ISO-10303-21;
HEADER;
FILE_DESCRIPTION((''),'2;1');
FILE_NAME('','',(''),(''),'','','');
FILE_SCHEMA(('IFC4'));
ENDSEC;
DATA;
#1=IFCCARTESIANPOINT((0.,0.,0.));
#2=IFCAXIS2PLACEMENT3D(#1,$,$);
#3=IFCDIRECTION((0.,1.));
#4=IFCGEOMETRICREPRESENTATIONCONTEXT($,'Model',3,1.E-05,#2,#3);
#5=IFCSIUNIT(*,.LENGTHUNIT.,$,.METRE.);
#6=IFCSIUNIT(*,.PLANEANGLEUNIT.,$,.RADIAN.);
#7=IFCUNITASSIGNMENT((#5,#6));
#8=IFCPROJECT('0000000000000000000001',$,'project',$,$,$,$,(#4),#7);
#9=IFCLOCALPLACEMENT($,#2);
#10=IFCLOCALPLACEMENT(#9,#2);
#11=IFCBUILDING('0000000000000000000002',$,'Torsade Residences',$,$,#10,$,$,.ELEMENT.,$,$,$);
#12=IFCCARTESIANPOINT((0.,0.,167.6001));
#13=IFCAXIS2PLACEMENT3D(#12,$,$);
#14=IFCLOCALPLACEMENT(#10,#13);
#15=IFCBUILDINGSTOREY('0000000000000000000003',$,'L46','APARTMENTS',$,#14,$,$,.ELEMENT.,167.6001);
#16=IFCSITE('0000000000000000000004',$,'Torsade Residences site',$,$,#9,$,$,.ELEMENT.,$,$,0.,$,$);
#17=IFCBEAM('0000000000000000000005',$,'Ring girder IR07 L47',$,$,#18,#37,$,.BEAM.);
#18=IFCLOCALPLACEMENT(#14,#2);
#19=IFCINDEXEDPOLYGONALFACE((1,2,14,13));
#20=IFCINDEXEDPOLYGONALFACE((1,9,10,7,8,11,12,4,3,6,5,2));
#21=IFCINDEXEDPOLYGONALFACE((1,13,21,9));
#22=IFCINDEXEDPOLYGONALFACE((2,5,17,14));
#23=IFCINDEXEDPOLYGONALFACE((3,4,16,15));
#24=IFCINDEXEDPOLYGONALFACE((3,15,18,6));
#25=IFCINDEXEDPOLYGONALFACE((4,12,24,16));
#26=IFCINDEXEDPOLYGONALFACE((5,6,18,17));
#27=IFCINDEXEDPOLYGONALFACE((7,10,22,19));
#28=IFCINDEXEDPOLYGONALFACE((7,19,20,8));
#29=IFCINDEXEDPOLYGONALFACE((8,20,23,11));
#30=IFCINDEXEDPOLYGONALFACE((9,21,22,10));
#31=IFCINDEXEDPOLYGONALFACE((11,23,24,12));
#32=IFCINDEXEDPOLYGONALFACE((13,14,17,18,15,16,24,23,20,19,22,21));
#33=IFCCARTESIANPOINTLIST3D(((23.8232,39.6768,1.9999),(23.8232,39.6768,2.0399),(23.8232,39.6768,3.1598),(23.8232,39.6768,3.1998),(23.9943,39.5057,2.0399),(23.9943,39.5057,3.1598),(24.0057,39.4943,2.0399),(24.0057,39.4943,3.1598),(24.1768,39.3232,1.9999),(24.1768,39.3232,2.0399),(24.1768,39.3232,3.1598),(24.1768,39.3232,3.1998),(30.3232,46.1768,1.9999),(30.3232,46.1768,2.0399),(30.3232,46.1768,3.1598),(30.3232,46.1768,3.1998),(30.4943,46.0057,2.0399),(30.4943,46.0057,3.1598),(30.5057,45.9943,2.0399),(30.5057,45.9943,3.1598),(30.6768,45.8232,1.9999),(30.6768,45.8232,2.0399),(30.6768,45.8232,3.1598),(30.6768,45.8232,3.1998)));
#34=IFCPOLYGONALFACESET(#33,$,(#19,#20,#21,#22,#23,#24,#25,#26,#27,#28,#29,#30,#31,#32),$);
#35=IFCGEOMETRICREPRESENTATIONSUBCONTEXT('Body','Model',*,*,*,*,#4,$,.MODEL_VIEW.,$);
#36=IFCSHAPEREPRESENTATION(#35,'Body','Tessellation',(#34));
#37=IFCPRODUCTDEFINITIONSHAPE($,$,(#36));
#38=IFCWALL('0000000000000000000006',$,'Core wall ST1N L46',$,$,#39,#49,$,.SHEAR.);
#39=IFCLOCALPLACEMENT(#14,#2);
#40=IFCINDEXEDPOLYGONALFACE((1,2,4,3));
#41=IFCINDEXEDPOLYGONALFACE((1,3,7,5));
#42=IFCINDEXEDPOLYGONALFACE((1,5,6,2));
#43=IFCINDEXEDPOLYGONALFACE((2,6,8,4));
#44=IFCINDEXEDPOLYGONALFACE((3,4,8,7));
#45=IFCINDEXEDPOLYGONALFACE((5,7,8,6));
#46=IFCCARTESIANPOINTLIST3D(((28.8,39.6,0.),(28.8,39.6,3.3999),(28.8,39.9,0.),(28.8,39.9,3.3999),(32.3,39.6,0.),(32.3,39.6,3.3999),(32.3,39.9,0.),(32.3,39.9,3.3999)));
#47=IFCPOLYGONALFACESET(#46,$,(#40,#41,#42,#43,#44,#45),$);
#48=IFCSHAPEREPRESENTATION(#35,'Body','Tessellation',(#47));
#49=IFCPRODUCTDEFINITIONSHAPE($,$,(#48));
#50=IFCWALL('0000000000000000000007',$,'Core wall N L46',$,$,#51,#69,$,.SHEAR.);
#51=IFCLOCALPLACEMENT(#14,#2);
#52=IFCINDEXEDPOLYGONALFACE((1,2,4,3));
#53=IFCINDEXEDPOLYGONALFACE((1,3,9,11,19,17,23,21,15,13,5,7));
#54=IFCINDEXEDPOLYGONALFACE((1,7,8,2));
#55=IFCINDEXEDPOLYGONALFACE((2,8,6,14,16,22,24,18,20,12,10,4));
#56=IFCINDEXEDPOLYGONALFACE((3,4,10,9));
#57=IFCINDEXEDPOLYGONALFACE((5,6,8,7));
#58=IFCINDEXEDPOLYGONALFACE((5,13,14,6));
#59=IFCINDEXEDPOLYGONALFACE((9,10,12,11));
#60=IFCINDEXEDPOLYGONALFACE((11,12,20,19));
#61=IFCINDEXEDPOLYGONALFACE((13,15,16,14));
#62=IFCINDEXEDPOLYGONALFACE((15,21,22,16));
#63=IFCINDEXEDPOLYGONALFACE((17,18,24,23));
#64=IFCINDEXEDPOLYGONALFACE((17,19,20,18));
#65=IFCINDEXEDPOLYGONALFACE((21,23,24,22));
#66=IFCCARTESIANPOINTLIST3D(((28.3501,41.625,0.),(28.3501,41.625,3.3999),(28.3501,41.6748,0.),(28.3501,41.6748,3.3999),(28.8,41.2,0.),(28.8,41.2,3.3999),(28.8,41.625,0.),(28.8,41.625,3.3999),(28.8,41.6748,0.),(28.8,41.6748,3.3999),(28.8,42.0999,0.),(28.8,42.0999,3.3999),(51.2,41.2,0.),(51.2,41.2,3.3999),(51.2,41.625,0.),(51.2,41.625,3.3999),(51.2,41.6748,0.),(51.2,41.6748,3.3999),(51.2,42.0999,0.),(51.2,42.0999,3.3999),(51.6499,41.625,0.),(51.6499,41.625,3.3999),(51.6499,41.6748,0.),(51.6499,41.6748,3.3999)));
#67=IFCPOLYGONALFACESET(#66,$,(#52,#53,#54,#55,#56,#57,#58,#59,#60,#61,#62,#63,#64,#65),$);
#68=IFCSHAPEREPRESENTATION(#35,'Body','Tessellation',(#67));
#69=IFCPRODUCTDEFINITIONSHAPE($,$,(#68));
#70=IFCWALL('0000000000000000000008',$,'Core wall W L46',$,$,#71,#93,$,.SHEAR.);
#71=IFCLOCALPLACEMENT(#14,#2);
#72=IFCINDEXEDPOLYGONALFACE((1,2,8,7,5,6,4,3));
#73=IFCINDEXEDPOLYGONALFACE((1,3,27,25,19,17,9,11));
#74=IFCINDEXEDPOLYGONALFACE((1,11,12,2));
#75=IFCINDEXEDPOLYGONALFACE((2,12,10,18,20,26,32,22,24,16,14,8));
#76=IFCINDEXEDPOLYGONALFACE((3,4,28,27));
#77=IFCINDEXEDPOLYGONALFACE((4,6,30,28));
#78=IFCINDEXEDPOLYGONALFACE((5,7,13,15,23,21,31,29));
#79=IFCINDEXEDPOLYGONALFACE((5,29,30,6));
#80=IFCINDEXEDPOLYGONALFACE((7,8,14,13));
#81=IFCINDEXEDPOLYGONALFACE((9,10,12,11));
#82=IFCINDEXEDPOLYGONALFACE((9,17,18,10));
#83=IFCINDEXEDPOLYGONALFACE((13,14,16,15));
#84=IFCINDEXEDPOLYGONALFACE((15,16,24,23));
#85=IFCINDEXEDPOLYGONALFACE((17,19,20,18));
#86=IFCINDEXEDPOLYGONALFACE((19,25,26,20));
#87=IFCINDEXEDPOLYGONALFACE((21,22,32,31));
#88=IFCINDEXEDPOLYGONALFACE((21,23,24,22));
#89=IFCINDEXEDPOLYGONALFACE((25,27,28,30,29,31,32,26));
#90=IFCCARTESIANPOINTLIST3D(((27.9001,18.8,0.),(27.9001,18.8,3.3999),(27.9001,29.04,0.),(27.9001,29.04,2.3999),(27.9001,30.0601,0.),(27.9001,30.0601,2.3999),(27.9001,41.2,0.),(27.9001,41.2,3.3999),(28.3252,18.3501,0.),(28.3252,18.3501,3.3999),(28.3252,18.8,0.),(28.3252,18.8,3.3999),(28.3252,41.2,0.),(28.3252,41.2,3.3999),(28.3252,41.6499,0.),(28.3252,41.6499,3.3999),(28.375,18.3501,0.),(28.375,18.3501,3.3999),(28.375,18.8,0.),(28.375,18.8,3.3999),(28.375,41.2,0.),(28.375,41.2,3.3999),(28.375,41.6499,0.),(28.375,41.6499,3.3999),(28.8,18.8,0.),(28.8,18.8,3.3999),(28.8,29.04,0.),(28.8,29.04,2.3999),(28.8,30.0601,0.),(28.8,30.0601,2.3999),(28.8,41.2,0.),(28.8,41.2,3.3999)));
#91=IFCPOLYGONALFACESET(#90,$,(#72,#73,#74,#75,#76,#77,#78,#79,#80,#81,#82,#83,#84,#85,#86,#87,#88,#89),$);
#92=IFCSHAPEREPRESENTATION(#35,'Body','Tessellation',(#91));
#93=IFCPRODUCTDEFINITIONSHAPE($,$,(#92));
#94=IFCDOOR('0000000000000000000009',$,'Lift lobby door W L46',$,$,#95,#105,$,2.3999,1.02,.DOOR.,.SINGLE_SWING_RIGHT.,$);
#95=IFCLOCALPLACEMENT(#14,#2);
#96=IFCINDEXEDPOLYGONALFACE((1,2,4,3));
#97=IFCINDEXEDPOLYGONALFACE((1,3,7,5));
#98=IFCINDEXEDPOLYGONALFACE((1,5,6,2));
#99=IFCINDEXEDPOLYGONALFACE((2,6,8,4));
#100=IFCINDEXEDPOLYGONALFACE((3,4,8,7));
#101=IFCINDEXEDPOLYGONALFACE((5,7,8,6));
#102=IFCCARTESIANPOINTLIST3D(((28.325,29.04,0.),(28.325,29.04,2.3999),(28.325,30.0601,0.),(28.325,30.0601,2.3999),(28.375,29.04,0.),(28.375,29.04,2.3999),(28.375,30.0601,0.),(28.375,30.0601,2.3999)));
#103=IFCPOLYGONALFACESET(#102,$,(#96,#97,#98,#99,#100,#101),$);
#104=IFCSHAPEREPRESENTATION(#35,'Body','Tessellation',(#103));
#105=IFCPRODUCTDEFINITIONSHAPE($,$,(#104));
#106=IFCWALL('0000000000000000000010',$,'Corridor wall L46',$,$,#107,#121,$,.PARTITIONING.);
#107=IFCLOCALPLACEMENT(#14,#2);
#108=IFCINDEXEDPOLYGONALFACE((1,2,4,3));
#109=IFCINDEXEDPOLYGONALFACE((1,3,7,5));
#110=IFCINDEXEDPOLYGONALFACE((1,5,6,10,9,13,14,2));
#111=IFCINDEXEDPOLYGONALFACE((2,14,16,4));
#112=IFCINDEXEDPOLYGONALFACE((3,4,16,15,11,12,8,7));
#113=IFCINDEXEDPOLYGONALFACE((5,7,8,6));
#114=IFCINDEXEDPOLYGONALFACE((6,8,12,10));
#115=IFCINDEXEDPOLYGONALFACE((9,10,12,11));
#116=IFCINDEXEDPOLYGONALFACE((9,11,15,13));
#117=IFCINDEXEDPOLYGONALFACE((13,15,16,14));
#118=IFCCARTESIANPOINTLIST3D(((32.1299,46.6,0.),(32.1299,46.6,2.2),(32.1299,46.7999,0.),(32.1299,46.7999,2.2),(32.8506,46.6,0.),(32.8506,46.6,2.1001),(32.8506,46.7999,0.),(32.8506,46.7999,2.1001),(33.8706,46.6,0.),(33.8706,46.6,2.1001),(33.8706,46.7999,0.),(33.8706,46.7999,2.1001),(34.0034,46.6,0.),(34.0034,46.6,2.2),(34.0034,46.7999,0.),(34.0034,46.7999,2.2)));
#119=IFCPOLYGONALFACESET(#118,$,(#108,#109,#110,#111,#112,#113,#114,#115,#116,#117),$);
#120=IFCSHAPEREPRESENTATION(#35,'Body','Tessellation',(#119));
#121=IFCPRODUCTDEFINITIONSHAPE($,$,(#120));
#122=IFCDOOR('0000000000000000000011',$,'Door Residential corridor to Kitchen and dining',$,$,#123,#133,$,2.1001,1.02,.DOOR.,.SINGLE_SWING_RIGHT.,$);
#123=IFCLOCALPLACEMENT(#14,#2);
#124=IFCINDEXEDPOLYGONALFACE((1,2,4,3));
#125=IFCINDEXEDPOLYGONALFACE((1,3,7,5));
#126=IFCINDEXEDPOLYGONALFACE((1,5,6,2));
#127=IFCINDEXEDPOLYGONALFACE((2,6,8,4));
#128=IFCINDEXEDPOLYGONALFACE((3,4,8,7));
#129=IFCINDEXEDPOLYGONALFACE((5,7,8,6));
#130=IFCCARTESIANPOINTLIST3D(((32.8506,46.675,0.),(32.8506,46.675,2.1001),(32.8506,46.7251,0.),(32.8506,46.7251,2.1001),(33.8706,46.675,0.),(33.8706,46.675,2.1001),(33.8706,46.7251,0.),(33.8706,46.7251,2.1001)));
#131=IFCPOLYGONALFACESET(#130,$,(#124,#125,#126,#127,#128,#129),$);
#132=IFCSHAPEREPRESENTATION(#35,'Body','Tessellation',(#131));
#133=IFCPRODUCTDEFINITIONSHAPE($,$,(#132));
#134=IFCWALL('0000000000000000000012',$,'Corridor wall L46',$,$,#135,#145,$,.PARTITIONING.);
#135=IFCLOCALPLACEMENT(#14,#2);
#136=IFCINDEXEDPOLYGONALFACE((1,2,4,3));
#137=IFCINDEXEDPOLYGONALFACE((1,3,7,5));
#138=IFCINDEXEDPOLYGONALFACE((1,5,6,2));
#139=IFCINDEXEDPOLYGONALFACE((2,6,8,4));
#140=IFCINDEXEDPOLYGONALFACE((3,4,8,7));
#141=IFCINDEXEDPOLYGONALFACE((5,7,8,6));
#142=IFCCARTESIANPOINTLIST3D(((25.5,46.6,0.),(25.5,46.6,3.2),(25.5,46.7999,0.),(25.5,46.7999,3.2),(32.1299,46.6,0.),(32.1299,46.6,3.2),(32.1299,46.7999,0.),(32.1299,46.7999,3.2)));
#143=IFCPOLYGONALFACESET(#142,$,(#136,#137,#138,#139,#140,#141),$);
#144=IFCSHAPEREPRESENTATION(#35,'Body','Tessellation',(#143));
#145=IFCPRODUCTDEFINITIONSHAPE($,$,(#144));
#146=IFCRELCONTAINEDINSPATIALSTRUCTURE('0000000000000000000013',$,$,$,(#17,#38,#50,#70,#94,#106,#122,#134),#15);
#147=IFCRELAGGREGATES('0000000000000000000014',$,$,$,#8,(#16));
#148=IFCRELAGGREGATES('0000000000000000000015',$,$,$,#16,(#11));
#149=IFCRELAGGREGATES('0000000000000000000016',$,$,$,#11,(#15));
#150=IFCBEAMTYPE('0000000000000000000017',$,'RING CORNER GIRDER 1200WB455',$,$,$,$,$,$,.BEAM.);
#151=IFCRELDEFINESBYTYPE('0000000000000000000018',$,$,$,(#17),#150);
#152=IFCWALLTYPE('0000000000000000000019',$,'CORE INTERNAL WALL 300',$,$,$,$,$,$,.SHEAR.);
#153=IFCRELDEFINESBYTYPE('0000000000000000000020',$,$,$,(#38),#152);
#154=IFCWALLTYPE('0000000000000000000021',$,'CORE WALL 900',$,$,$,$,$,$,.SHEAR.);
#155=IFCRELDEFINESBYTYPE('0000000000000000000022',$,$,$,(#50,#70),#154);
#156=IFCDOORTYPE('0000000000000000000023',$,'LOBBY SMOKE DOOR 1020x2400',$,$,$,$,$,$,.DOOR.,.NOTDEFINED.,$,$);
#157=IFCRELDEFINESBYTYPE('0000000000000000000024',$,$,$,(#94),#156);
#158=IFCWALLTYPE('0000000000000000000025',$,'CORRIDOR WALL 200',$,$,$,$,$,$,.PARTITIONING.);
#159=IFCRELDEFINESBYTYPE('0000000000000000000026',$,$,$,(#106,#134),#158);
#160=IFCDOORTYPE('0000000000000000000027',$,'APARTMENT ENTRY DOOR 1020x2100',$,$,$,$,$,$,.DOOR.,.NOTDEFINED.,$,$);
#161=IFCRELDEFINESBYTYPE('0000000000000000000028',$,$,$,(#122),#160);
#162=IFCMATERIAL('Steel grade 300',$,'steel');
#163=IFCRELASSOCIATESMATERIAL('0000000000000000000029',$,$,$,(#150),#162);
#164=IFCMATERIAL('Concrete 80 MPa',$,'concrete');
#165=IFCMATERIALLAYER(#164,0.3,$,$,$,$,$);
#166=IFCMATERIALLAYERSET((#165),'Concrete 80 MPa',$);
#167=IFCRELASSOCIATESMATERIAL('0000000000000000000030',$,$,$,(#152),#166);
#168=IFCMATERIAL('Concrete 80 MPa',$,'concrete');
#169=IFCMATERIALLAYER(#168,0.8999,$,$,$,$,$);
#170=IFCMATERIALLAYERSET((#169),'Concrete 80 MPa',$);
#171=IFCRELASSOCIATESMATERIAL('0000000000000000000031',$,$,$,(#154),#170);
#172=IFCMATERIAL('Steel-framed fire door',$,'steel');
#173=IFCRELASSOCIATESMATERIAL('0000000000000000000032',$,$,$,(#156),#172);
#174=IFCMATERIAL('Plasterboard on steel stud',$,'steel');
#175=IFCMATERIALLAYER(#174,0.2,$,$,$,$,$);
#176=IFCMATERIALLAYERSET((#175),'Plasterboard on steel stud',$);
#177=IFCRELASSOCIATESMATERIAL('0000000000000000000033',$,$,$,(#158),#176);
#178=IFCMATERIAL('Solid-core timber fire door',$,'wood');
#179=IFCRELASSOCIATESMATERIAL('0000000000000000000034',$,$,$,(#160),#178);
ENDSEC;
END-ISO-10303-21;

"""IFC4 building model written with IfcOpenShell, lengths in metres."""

from ifc_helpers import new_model, si_unit, direction, frame, frame_2d, origin, origin_2d, place, context, subcontext, project, spatial, polyline, rectangle, i_section, outline, extrude, material, layer, layer_set, material_profile, profile_set, type_object, element, fill, save


model = new_model("IFC4")

# Units and contexts
model_context = context("Model", 3, precision=1e-05, world=origin(), true_north=direction((0.0, 1.0)))
body_context = subcontext(model_context, "Body", "Model", "MODEL_VIEW")
ifc_project = project(units=[si_unit("LENGTHUNIT", "METRE"), si_unit("PLANEANGLEUNIT", "RADIAN")], contexts=[model_context])

# Site, building, storey
site_placement = place(None, origin())
site = spatial("IfcSite", under=ifc_project, at=site_placement, Name="Torsade Residences site", CompositionType="ELEMENT", RefElevation=0.0)
building_placement = place(site_placement, origin())
building = spatial("IfcBuilding", under=site, at=building_placement, Name="Torsade Residences", CompositionType="ELEMENT")
storey_placement = place(building_placement, frame((0.0, 0.0, 167.6001)))
storey = spatial("IfcBuildingStorey", under=building, at=storey_placement, Name="L46", Description="APARTMENTS", CompositionType="ELEMENT", Elevation=167.6001)

# Beam
ifc_material_1 = material(Name="Steel grade 300", Category="steel")
ifc_material_profile_1 = material_profile(ifc_material_1, i_section(OverallWidth=0.5, OverallDepth=1.2, WebThickness=0.0161, FlangeThickness=0.04, at=origin_2d()), Name="1200WB455")
ifc_profile_set_1 = profile_set([ifc_material_profile_1], Name="Steel grade 300")
beam_type_1 = type_object("IfcBeamType", Name="RING CORNER GIRDER 1200WB455", PredefinedType="BEAM", material=ifc_profile_set_1)
beam_1_placement = place(storey_placement, frame((30.5, 46.0, 2.5999), z_axis=(-0.707107, -0.707107, 0.0), x_axis=(0.707107, -0.707107, 0.0)))
element("IfcBeam", 1, at=beam_1_placement, inside=storey, type_object=beam_type_1, Name="Ring girder IR07 L47", PredefinedType="BEAM", context=body_context, shape_type="SweptSolid", body=[
    extrude(i_section(OverallWidth=0.5, OverallDepth=1.2, WebThickness=0.0161, FlangeThickness=0.04, at=origin_2d()), origin(), (0.0, 0.0, 1.0), 9.1924),
])

# Walls
ifc_material_2 = material(Name="Concrete 80 MPa", Category="concrete")
ifc_layer_1 = layer(ifc_material_2, 0.3)
ifc_layer_set_1 = layer_set([ifc_layer_1], Name="Concrete 80 MPa")
wall_type_1 = type_object("IfcWallType", Name="CORE INTERNAL WALL 300", PredefinedType="SHEAR", material=ifc_layer_set_1)
wall_1_placement = place(storey_placement, frame((28.8, 39.75, 0.0), z_axis=(0.0, 0.0, 1.0), x_axis=(1.0, 0.0, 0.0)))
element("IfcWall", 2, at=wall_1_placement, inside=storey, type_object=wall_type_1, Name="Core wall ST1N L46", PredefinedType="SHEAR", context=body_context, shape_type="SweptSolid", body=[
    extrude(rectangle(XDim=3.5, YDim=0.3, at=frame_2d((1.75, 0.0))), origin(), (0.0, 0.0, 1.0), 3.3999),
])
ifc_material_3 = material(Name="Concrete 80 MPa", Category="concrete")
ifc_layer_2 = layer(ifc_material_3, 0.8999)
ifc_layer_set_2 = layer_set([ifc_layer_2], Name="Concrete 80 MPa")
wall_type_2 = type_object("IfcWallType", Name="CORE WALL 900", PredefinedType="SHEAR", material=ifc_layer_set_2)
wall_2_placement = place(storey_placement, frame((28.8, 41.6499, 0.0), z_axis=(0.0, 0.0, 1.0), x_axis=(1.0, 0.0, 0.0)))
element("IfcWall", 3, at=wall_2_placement, inside=storey, type_object=wall_type_2, Name="Core wall N L46", PredefinedType="SHEAR", context=body_context, shape_type="SweptSolid", body=[
    extrude(outline(polyline([(0.0, -0.45), (22.3999, -0.45), (22.3999, -0.0249), (22.8499, -0.0249), (22.8499, 0.0249), (22.3999, 0.0249), (22.3999, 0.45), (0.0, 0.45), (0.0, 0.0249), (-0.45, 0.0249), (-0.45, -0.0249), (0.0, -0.0249), (0.0, -0.45)])), origin(), (0.0, 0.0, 1.0), 3.3999),
])

# Walls, openings, doors
wall_3_placement = place(storey_placement, frame((28.3501, 41.2, 0.0), z_axis=(0.0, 0.0, 1.0), x_axis=(0.0, -1.0, 0.0)))
wall_3 = element("IfcWall", 4, at=wall_3_placement, inside=storey, type_object=wall_type_2, Name="Core wall W L46", PredefinedType="SHEAR", context=body_context, shape_type="SweptSolid", body=[
    extrude(outline(polyline([(0.0, -0.45), (22.3999, -0.45), (22.3999, -0.0249), (22.8499, -0.0249), (22.8499, 0.0249), (22.3999, 0.0249), (22.3999, 0.45), (0.0, 0.45), (0.0, 0.0249), (-0.45, 0.0249), (-0.45, -0.0249), (0.0, -0.0249), (0.0, -0.45)])), origin(), (0.0, 0.0, 1.0), 3.3999),
])
opening_1_placement = place(wall_3_placement, frame((11.1399, 0.0, 0.0)))
opening_1 = element("IfcOpeningElement", 5, at=opening_1_placement, cuts=wall_3, PredefinedType="OPENING", context=body_context, shape_type="SweptSolid", body=[
    extrude(rectangle(XDim=1.02, YDim=2.3999, at=frame_2d((0.51, 1.2))), frame((0.0, 0.46, 0.0), z_axis=(0.0, -1.0, 0.0), x_axis=(1.0, 0.0, 0.0)), (0.0, 0.0, 1.0), 0.9199),
])
ifc_material_4 = material(Name="Steel-framed fire door", Category="steel")
door_type_1 = type_object("IfcDoorType", Name="LOBBY SMOKE DOOR 1020x2400", OperationType="NOTDEFINED", PredefinedType="DOOR", material=ifc_material_4)
door_1_placement = place(opening_1_placement, origin())
door_1 = element("IfcDoor", 6, at=door_1_placement, inside=storey, type_object=door_type_1, Name="Lift lobby door W L46", OperationType="SINGLE_SWING_RIGHT", OverallHeight=2.3999, OverallWidth=1.02, PredefinedType="DOOR", context=body_context, shape_type="SweptSolid", body=[
    extrude(rectangle(XDim=1.02, YDim=2.3999, at=frame_2d((0.51, 1.2))), frame((0.0, 0.0249, 0.0), z_axis=(0.0, -1.0, 0.0), x_axis=(1.0, 0.0, 0.0)), (0.0, 0.0, 1.0), 0.05),
])
fill(opening_1, door_1)
ifc_material_5 = material(Name="Plasterboard on steel stud", Category="steel")
ifc_layer_3 = layer(ifc_material_5, 0.2)
ifc_layer_set_3 = layer_set([ifc_layer_3], Name="Plasterboard on steel stud")
wall_type_3 = type_object("IfcWallType", Name="CORRIDOR WALL 200", PredefinedType="PARTITIONING", material=ifc_layer_set_3)
wall_4_placement = place(storey_placement, frame((34.0034, 46.7, 0.0), z_axis=(0.0, 0.0, 1.0), x_axis=(-1.0, 0.0, 0.0)))
wall_4 = element("IfcWall", 7, at=wall_4_placement, inside=storey, type_object=wall_type_3, Name="Corridor wall L46", PredefinedType="PARTITIONING", context=body_context, shape_type="SweptSolid", body=[
    extrude(rectangle(XDim=1.8735, YDim=0.2, at=frame_2d((0.9368, 0.0))), origin(), (0.0, 0.0, 1.0), 2.2),
])
opening_2_placement = place(wall_4_placement, frame((0.1328, 0.0, 0.0)))
opening_2 = element("IfcOpeningElement", 8, at=opening_2_placement, cuts=wall_4, PredefinedType="OPENING", context=body_context, shape_type="SweptSolid", body=[
    extrude(rectangle(XDim=1.02, YDim=2.1001, at=frame_2d((0.51, 1.05))), frame((0.0, 0.1099, 0.0), z_axis=(0.0, -1.0, 0.0), x_axis=(1.0, 0.0, 0.0)), (0.0, 0.0, 1.0), 0.22),
])
ifc_material_6 = material(Name="Solid-core timber fire door", Category="wood")
door_type_2 = type_object("IfcDoorType", Name="APARTMENT ENTRY DOOR 1020x2100", OperationType="NOTDEFINED", PredefinedType="DOOR", material=ifc_material_6)
door_2_placement = place(opening_2_placement, origin())
door_2 = element("IfcDoor", 9, at=door_2_placement, inside=storey, type_object=door_type_2, Name="Door Residential corridor to Kitchen and dining", OperationType="SINGLE_SWING_RIGHT", OverallHeight=2.1001, OverallWidth=1.02, PredefinedType="DOOR", context=body_context, shape_type="SweptSolid", body=[
    extrude(rectangle(XDim=1.02, YDim=2.1001, at=frame_2d((0.51, 1.05))), frame((0.0, 0.0249, 0.0), z_axis=(0.0, -1.0, 0.0), x_axis=(1.0, 0.0, 0.0)), (0.0, 0.0, 1.0), 0.05),
])
fill(opening_2, door_2)

# Wall
wall_5_placement = place(storey_placement, frame((32.1299, 46.7, 0.0), z_axis=(0.0, 0.0, 1.0), x_axis=(-1.0, 0.0, 0.0)))
element("IfcWall", 10, at=wall_5_placement, inside=storey, type_object=wall_type_3, Name="Corridor wall L46", PredefinedType="PARTITIONING", context=body_context, shape_type="SweptSolid", body=[
    extrude(rectangle(XDim=6.6299, YDim=0.2, at=frame_2d((3.3149, 0.0))), origin(), (0.0, 0.0, 1.0), 3.2),
])

save(model, "model.ifc")
